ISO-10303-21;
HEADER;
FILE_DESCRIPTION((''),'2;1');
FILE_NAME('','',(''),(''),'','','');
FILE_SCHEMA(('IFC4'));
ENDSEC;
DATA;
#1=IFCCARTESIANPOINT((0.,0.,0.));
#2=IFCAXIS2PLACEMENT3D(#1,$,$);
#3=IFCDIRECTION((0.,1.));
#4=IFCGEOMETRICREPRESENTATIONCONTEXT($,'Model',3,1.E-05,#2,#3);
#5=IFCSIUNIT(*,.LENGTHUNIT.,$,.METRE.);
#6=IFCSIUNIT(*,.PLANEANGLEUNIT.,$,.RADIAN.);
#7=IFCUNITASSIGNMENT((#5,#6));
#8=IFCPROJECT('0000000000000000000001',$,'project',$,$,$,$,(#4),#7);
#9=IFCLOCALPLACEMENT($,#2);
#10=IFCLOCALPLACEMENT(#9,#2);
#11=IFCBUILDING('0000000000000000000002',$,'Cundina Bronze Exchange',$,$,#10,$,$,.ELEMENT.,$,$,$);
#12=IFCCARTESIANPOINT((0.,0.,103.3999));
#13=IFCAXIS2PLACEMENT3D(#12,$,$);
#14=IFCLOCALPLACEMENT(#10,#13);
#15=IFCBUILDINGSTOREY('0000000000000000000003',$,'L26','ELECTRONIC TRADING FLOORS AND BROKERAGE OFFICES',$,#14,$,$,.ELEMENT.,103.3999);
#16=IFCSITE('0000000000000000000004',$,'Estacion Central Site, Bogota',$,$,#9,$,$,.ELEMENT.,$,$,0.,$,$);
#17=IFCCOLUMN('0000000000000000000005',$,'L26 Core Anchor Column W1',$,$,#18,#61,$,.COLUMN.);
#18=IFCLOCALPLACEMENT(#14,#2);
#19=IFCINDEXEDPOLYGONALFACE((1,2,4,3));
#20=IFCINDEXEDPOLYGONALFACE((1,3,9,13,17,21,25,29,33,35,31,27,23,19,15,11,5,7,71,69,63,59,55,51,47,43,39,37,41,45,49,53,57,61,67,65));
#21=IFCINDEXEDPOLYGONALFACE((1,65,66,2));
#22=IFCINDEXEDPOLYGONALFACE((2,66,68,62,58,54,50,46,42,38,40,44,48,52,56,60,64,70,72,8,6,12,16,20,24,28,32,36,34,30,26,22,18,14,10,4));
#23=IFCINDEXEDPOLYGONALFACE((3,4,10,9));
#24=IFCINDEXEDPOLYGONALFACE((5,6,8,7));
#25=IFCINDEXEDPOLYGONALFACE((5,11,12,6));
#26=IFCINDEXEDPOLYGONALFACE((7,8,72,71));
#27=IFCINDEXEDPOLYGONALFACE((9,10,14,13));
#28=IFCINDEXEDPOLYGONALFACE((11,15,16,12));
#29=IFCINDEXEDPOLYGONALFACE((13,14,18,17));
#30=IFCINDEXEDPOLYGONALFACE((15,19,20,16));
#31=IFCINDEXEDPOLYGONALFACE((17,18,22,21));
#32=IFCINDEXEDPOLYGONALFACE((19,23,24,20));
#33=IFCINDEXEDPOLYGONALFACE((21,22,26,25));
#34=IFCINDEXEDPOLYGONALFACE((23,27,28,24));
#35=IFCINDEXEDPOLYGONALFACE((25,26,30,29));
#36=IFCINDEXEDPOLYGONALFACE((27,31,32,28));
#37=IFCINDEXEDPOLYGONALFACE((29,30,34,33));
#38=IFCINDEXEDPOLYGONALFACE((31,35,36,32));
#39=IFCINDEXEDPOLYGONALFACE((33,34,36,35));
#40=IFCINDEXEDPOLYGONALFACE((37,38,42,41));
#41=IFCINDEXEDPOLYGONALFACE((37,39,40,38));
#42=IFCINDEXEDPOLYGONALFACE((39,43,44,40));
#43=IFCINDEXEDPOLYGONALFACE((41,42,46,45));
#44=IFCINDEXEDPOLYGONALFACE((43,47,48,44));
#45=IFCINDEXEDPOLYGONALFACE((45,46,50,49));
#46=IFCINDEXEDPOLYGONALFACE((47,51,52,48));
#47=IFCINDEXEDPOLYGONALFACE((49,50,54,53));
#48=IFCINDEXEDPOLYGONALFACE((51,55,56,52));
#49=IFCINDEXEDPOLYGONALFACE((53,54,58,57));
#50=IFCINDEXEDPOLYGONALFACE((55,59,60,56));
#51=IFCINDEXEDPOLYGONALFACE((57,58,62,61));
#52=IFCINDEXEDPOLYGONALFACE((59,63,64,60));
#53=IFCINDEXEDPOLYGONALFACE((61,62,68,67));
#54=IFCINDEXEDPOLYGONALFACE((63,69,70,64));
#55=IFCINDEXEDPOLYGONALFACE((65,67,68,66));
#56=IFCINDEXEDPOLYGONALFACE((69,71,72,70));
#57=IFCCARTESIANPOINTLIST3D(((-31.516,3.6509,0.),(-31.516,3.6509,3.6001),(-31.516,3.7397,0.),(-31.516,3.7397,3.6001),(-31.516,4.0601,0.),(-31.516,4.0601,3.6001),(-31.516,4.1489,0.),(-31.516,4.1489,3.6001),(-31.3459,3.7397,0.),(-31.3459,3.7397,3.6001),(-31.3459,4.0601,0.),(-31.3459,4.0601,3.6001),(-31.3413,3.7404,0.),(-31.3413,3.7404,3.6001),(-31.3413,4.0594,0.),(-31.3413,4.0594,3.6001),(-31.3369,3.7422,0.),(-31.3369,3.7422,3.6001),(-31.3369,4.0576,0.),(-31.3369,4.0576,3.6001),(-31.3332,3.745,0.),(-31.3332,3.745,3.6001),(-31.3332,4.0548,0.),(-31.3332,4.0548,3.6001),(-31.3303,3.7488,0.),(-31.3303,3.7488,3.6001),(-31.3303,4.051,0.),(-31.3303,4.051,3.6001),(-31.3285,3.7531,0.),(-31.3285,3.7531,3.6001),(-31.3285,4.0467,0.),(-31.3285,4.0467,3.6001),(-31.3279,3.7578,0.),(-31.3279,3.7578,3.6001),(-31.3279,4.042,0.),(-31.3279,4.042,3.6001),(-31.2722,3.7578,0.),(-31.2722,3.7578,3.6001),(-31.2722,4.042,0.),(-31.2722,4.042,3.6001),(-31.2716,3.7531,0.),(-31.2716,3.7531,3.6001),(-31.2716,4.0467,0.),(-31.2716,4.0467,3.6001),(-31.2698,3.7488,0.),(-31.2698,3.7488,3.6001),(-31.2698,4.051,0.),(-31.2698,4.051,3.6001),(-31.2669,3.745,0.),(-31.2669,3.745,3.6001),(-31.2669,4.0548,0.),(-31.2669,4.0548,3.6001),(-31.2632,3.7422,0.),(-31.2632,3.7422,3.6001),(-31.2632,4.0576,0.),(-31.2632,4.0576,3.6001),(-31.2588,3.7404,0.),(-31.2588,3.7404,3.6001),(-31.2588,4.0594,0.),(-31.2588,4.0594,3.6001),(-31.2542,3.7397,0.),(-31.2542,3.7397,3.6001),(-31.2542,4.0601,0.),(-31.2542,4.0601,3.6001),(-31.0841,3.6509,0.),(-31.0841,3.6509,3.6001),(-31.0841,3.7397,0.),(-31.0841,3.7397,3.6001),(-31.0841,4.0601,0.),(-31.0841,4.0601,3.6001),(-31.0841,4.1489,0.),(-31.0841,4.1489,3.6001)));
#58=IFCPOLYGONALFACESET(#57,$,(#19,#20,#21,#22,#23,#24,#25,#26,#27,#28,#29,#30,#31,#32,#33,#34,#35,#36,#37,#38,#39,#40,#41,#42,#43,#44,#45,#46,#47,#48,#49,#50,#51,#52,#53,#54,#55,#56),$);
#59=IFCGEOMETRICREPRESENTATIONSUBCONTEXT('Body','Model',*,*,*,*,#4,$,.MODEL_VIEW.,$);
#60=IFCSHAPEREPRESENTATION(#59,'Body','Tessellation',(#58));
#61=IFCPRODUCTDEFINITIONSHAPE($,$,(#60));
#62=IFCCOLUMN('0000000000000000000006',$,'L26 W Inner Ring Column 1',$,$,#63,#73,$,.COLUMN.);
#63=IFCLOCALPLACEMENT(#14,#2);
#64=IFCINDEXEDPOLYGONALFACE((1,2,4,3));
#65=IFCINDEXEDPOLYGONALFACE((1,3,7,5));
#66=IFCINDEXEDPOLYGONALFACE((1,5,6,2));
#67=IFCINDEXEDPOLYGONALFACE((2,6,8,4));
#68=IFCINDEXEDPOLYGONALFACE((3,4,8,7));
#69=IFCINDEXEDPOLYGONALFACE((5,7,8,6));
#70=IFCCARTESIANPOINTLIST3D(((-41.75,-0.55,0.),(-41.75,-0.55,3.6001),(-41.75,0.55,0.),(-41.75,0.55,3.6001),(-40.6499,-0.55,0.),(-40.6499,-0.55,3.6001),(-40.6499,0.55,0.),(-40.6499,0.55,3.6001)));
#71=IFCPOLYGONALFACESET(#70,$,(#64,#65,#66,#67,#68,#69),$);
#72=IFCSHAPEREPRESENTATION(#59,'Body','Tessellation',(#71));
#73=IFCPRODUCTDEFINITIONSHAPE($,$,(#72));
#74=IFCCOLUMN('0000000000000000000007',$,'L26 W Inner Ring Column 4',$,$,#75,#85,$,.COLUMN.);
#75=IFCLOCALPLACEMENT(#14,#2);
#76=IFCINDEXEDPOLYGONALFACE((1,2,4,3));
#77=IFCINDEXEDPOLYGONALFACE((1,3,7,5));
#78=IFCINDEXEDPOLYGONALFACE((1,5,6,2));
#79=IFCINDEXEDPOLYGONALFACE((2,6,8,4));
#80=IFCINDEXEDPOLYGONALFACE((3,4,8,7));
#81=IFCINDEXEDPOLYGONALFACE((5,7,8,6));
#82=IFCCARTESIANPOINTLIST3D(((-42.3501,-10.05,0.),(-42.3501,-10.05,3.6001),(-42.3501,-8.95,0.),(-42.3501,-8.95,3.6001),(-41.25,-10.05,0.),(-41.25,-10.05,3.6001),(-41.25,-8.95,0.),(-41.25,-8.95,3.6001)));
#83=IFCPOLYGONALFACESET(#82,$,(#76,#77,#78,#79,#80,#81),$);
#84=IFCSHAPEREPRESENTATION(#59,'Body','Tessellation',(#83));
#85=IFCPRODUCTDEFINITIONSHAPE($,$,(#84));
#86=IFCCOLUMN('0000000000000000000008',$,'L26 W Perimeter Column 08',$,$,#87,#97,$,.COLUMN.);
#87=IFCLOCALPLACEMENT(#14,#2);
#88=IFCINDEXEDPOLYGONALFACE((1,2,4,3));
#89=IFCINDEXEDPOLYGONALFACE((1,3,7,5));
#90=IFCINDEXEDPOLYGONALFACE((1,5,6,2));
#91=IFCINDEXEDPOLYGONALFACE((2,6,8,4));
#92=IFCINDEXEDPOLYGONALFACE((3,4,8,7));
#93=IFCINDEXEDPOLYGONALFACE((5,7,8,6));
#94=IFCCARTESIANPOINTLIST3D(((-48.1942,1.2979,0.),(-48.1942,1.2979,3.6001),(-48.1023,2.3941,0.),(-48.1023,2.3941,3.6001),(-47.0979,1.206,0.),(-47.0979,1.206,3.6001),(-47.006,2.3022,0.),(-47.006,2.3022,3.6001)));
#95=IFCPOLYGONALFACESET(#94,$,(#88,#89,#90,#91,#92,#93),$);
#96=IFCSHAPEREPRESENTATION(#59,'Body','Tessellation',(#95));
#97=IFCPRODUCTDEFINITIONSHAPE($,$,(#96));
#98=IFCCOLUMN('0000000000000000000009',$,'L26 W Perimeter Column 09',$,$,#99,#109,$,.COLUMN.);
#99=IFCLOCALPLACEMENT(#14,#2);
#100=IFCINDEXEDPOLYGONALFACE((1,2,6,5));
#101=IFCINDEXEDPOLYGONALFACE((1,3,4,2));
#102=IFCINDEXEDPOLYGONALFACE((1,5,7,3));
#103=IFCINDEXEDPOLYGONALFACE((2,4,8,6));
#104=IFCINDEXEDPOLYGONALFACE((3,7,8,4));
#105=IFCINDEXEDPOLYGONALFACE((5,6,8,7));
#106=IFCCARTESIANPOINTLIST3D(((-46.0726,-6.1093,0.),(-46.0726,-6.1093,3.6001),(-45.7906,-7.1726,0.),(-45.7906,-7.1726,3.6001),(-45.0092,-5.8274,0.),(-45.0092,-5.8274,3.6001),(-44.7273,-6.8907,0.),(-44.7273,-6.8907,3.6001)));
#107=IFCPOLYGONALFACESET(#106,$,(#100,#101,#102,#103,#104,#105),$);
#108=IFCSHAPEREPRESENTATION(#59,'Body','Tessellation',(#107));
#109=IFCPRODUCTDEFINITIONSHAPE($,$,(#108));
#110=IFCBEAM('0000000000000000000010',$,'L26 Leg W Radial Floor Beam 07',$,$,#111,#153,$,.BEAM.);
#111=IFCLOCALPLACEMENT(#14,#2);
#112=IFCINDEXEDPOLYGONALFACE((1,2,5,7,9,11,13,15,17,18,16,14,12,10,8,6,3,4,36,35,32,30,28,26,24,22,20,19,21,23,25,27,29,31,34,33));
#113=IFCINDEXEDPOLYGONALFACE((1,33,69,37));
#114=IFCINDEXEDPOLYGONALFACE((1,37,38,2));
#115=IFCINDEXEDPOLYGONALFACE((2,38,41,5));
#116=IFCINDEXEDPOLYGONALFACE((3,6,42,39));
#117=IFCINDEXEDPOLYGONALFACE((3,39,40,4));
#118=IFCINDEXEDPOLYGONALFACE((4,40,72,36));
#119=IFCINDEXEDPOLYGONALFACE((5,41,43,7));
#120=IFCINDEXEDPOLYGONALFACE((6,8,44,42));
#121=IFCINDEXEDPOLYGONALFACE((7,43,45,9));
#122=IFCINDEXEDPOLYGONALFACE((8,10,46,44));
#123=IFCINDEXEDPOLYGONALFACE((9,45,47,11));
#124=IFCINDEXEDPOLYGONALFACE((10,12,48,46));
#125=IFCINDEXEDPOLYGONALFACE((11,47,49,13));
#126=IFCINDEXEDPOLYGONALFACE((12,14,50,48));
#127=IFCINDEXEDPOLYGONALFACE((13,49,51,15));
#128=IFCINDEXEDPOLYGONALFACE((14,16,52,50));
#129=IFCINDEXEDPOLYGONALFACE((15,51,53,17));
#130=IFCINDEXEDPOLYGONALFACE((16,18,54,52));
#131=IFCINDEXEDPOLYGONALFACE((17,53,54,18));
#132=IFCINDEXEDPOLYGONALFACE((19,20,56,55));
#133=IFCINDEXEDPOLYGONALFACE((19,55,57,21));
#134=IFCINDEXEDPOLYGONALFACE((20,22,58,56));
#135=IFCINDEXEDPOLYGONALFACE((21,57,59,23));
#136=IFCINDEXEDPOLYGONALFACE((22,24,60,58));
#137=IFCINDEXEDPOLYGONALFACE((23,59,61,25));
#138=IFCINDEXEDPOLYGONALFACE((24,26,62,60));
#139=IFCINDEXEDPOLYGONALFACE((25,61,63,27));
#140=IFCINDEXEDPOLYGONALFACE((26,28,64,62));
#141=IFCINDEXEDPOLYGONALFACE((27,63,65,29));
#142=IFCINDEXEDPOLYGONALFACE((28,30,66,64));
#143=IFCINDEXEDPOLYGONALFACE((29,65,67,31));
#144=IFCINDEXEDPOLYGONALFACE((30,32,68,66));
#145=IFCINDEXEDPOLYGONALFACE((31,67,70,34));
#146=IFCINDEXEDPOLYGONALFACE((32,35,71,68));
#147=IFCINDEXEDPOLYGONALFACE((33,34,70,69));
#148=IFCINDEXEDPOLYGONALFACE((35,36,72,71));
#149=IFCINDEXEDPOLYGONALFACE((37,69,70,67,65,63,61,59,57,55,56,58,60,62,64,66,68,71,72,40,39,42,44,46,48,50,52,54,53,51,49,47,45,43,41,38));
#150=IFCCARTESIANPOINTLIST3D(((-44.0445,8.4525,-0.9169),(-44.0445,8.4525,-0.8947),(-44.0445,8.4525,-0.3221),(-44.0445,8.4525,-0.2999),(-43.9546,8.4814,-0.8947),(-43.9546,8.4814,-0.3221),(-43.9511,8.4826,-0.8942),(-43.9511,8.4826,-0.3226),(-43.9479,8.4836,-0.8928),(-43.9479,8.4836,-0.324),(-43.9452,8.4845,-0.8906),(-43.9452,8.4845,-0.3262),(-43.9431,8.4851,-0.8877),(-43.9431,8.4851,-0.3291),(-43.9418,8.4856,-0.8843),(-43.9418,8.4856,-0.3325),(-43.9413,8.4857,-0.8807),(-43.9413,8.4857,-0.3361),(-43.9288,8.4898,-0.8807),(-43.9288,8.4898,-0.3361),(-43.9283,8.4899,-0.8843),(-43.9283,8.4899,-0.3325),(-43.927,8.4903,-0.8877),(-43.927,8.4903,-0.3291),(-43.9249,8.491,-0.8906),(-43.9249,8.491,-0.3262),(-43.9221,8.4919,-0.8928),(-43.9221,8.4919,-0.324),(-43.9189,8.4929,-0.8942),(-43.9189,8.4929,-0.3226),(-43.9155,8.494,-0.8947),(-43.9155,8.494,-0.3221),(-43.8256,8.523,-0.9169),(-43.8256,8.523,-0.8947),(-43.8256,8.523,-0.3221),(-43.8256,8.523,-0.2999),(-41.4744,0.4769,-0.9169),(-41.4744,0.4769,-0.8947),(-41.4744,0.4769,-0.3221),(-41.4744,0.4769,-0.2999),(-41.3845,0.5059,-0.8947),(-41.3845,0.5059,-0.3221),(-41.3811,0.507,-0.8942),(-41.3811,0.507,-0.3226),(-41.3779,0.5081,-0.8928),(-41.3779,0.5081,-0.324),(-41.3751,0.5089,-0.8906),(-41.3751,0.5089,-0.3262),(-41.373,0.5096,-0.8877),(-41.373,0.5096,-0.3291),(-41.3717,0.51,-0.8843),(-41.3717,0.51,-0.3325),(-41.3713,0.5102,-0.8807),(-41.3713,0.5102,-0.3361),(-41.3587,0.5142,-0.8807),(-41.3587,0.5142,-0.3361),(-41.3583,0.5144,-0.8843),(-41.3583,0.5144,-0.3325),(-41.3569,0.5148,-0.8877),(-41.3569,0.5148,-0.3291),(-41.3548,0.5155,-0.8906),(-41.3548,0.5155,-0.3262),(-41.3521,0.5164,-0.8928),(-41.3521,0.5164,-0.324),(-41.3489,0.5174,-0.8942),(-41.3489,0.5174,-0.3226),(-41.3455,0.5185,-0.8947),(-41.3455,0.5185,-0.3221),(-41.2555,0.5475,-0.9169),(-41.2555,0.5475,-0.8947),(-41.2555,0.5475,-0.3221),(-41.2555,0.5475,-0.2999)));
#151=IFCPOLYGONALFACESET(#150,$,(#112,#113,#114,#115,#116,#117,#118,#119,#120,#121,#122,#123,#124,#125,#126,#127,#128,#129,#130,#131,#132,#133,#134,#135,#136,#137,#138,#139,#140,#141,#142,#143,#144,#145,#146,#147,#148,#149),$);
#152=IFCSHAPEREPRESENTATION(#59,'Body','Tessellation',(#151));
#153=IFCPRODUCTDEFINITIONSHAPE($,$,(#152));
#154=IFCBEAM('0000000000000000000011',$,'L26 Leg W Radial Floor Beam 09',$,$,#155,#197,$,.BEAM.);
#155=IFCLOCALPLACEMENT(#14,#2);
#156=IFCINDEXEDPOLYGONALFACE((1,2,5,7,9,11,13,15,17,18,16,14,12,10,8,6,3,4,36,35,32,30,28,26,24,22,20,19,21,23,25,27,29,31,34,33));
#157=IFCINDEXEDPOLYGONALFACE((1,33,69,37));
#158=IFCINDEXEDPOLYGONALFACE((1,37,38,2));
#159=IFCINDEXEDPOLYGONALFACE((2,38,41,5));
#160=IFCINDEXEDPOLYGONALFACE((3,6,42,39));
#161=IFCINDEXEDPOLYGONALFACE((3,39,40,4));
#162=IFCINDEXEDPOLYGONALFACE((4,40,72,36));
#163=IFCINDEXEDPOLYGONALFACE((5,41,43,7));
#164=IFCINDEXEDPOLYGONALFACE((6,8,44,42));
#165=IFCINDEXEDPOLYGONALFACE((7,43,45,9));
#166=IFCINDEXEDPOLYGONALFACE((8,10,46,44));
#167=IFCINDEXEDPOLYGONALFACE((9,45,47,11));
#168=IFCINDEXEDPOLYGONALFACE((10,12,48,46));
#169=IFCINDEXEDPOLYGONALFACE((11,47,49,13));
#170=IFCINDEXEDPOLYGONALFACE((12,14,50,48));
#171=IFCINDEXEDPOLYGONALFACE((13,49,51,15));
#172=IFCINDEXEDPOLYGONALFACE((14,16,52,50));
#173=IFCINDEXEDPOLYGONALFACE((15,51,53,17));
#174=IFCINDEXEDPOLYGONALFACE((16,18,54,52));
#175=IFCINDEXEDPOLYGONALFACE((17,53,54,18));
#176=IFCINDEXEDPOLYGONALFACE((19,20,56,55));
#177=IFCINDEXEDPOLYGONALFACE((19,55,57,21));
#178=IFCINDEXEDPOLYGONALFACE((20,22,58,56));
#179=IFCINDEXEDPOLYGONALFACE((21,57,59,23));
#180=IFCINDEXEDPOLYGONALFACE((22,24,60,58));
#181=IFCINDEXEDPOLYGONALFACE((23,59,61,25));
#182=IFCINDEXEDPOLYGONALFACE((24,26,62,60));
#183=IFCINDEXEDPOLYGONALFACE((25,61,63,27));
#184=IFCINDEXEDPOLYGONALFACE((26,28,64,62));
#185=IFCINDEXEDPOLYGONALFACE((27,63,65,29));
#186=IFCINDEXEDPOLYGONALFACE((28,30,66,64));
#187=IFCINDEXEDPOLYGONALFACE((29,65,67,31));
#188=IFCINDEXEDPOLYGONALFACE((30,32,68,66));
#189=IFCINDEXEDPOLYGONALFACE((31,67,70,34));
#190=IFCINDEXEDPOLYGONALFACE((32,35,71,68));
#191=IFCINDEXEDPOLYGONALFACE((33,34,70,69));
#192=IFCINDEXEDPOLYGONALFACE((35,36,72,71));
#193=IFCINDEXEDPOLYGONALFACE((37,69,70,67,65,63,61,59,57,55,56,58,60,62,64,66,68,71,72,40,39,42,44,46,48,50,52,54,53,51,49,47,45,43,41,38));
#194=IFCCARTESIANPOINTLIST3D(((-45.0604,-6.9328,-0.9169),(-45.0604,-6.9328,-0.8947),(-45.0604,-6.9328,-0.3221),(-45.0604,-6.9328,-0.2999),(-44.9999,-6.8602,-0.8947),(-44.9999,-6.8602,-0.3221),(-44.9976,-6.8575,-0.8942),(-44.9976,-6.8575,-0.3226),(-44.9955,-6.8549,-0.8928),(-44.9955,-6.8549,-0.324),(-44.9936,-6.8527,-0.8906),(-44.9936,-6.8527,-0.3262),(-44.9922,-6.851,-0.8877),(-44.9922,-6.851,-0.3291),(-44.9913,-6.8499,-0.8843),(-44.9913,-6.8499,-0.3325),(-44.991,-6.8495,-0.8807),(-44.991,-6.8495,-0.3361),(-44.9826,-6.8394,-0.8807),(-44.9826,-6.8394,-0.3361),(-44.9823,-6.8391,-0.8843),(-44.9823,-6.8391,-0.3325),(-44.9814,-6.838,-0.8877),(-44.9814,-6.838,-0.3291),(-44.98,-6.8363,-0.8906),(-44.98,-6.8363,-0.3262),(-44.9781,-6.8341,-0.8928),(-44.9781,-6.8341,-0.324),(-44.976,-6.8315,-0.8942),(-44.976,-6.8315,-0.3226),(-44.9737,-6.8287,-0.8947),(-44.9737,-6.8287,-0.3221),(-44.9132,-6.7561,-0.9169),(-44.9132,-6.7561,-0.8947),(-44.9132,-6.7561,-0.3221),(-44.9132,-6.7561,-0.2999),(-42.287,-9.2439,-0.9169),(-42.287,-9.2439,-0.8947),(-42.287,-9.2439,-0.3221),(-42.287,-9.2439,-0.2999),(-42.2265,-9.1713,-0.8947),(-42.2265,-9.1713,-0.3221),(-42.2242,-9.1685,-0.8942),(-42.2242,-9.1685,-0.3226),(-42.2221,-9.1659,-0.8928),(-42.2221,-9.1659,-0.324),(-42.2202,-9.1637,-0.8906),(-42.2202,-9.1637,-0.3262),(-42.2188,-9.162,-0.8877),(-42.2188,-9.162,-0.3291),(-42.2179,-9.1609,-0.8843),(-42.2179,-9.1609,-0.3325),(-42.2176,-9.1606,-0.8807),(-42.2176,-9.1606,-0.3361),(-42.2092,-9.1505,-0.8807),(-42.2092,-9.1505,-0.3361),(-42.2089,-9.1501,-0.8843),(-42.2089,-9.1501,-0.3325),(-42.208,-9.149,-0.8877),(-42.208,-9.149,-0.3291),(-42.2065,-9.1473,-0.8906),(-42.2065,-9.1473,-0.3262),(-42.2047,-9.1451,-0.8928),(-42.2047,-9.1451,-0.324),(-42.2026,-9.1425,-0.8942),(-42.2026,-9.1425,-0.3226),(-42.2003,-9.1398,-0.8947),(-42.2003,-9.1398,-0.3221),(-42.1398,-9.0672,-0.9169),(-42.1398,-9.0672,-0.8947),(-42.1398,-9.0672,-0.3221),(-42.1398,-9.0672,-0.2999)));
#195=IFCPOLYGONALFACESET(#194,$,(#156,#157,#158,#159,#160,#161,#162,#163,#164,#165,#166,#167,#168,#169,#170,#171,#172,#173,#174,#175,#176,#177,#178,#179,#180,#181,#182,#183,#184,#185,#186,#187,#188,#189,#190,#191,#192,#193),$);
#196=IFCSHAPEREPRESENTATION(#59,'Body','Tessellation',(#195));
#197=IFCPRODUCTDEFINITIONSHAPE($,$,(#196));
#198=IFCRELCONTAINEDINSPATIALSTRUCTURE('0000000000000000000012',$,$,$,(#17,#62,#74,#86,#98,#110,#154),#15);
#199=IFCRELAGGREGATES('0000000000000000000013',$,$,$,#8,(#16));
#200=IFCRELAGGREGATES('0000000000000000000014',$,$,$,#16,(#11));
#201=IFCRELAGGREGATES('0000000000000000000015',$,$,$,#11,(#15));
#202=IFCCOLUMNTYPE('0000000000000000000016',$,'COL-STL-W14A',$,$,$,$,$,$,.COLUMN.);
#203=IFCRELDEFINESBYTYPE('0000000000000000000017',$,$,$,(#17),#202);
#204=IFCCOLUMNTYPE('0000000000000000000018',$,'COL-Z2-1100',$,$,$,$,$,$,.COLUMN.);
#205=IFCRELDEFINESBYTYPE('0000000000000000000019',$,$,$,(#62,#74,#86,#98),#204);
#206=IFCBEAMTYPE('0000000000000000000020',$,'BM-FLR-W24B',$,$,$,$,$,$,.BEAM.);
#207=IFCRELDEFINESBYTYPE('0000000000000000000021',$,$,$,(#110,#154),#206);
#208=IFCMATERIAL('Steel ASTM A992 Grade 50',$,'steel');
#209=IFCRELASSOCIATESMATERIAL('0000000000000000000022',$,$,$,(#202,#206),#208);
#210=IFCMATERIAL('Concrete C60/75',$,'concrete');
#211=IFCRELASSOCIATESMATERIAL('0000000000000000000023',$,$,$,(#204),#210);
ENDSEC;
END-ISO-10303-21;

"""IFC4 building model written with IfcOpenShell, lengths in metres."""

from ifc_helpers import new_model, si_unit, direction, frame, origin, origin_2d, place, context, subcontext, project, spatial, rectangle, i_section, extrude, material, material_profile, profile_set, type_object, element, save


model = new_model("IFC4")

# Units and contexts
model_context = context("Model", 3, precision=1e-05, world=origin(), true_north=direction((0.0, 1.0)))
body_context = subcontext(model_context, "Body", "Model", "MODEL_VIEW")
ifc_project = project(units=[si_unit("LENGTHUNIT", "METRE"), si_unit("PLANEANGLEUNIT", "RADIAN")], contexts=[model_context])

# Site, building, storey
site_placement = place(None, origin())
site = spatial("IfcSite", under=ifc_project, at=site_placement, Name="Estacion Central Site, Bogota", CompositionType="ELEMENT", RefElevation=0.0)
building_placement = place(site_placement, origin())
building = spatial("IfcBuilding", under=site, at=building_placement, Name="Cundina Bronze Exchange", CompositionType="ELEMENT")
storey_placement = place(building_placement, frame((0.0, 0.0, 103.3999)))
storey = spatial("IfcBuildingStorey", under=building, at=storey_placement, Name="L26", Description="ELECTRONIC TRADING FLOORS AND BROKERAGE OFFICES", CompositionType="ELEMENT", Elevation=103.3999)

# Columns
ifc_material_1 = material(Name="Steel ASTM A992 Grade 50", Category="steel")
ifc_material_profile_1 = material_profile(ifc_material_1, i_section(OverallWidth=0.4319, OverallDepth=0.498, WebThickness=0.0557, FlangeThickness=0.0889, FilletRadius=0.0181, at=origin_2d()), Name="W14X500", Category="steel")
ifc_profile_set_1 = profile_set([ifc_material_profile_1], Name="Steel ASTM A992 Grade 50")
column_type_1 = type_object("IfcColumnType", Name="COL-STL-W14A", PredefinedType="COLUMN", material=ifc_profile_set_1)
column_placement = place(storey_placement, frame((-31.3, 3.8999, 0.0), z_axis=(0.0, 0.0, 1.0), x_axis=(1.0, 0.0, 0.0)))
element("IfcColumn", 1, at=column_placement, inside=storey, type_object=column_type_1, Name="L26 Core Anchor Column W1", PredefinedType="COLUMN", context=body_context, shape_type="SweptSolid", body=[
    extrude(i_section(OverallWidth=0.4319, OverallDepth=0.498, WebThickness=0.0557, FlangeThickness=0.0889, FilletRadius=0.0181, at=origin_2d()), origin(), (0.0, 0.0, 1.0), 3.6001),
])
ifc_material_2 = material(Name="Concrete C60/75", Category="concrete")
ifc_material_profile_2 = material_profile(ifc_material_2, rectangle(XDim=1.1001, YDim=1.1001, at=origin_2d()), Name="RC1100X1100", Category="concrete")
ifc_profile_set_2 = profile_set([ifc_material_profile_2], Name="Concrete C60/75")
column_type_2 = type_object("IfcColumnType", Name="COL-Z2-1100", PredefinedType="COLUMN", material=ifc_profile_set_2)
for number, where, z_axis, x_axis, name in (
    (2, (-41.2, 0.0, 0.0), (0.0, 0.0, 1.0), (1.0, 0.0, 0.0), "L26 W Inner Ring Column 1"),
    (3, (-41.8, -9.5, 0.0), (0.0, 0.0, 1.0), (1.0, 0.0, 0.0), "L26 W Inner Ring Column 4"),
    (4, (-47.6001, 1.8, 0.0), (0.0, 0.0, 1.0), (-0.083504, -0.996507, 0.0), "L26 W Perimeter Column 08"),
    (5, (-45.3999, -6.5, 0.0), (0.0, 0.0, 1.0), (0.256289, -0.9666, 0.0), "L26 W Perimeter Column 09"),
):
    element("IfcColumn", number, at=place(storey_placement, frame(where, z_axis=z_axis, x_axis=x_axis)), inside=storey, type_object=column_type_2, Name=name, PredefinedType="COLUMN", context=body_context, shape_type="SweptSolid", body=[
        extrude(rectangle(XDim=1.1001, YDim=1.1001, at=origin_2d()), origin(), (0.0, 0.0, 1.0), 3.6001),
    ])

# Beams
ifc_material_profile_3 = material_profile(ifc_material_1, i_section(OverallWidth=0.23, OverallDepth=0.6169, WebThickness=0.0132, FlangeThickness=0.0222, FilletRadius=0.0139, at=origin_2d()), Name="W24X94", Category="steel")
ifc_profile_set_3 = profile_set([ifc_material_profile_3], Name="Steel ASTM A992 Grade 50")
beam_type_1 = type_object("IfcBeamType", Name="BM-FLR-W24B", PredefinedType="BEAM", material=ifc_profile_set_3)
beam_1_placement = place(storey_placement, frame((-41.365, 0.5122, -0.6084), z_axis=(-0.306711, 0.951803, 0.0), x_axis=(-0.951803, -0.306711, 0.0)))
element("IfcBeam", 6, at=beam_1_placement, inside=storey, type_object=beam_type_1, Name="L26 Leg W Radial Floor Beam 07", PredefinedType="BEAM", context=body_context, shape_type="SweptSolid", body=[
    extrude(i_section(OverallWidth=0.23, OverallDepth=0.6169, WebThickness=0.0132, FlangeThickness=0.0222, FilletRadius=0.0139, at=origin_2d()), origin(), (0.0, 0.0, 1.0), 8.3794),
])
beam_2_placement = place(storey_placement, frame((-42.2134, -9.1555, -0.6084), z_axis=(-0.768243, 0.640158, 0.0), x_axis=(-0.640158, -0.768243, 0.0)))
element("IfcBeam", 7, at=beam_2_placement, inside=storey, type_object=beam_type_1, Name="L26 Leg W Radial Floor Beam 09", PredefinedType="BEAM", context=body_context, shape_type="SweptSolid", body=[
    extrude(i_section(OverallWidth=0.23, OverallDepth=0.6169, WebThickness=0.0132, FlangeThickness=0.0222, FilletRadius=0.0139, at=origin_2d()), origin(), (0.0, 0.0, 1.0), 3.6101),
])

save(model, "model.ifc")
